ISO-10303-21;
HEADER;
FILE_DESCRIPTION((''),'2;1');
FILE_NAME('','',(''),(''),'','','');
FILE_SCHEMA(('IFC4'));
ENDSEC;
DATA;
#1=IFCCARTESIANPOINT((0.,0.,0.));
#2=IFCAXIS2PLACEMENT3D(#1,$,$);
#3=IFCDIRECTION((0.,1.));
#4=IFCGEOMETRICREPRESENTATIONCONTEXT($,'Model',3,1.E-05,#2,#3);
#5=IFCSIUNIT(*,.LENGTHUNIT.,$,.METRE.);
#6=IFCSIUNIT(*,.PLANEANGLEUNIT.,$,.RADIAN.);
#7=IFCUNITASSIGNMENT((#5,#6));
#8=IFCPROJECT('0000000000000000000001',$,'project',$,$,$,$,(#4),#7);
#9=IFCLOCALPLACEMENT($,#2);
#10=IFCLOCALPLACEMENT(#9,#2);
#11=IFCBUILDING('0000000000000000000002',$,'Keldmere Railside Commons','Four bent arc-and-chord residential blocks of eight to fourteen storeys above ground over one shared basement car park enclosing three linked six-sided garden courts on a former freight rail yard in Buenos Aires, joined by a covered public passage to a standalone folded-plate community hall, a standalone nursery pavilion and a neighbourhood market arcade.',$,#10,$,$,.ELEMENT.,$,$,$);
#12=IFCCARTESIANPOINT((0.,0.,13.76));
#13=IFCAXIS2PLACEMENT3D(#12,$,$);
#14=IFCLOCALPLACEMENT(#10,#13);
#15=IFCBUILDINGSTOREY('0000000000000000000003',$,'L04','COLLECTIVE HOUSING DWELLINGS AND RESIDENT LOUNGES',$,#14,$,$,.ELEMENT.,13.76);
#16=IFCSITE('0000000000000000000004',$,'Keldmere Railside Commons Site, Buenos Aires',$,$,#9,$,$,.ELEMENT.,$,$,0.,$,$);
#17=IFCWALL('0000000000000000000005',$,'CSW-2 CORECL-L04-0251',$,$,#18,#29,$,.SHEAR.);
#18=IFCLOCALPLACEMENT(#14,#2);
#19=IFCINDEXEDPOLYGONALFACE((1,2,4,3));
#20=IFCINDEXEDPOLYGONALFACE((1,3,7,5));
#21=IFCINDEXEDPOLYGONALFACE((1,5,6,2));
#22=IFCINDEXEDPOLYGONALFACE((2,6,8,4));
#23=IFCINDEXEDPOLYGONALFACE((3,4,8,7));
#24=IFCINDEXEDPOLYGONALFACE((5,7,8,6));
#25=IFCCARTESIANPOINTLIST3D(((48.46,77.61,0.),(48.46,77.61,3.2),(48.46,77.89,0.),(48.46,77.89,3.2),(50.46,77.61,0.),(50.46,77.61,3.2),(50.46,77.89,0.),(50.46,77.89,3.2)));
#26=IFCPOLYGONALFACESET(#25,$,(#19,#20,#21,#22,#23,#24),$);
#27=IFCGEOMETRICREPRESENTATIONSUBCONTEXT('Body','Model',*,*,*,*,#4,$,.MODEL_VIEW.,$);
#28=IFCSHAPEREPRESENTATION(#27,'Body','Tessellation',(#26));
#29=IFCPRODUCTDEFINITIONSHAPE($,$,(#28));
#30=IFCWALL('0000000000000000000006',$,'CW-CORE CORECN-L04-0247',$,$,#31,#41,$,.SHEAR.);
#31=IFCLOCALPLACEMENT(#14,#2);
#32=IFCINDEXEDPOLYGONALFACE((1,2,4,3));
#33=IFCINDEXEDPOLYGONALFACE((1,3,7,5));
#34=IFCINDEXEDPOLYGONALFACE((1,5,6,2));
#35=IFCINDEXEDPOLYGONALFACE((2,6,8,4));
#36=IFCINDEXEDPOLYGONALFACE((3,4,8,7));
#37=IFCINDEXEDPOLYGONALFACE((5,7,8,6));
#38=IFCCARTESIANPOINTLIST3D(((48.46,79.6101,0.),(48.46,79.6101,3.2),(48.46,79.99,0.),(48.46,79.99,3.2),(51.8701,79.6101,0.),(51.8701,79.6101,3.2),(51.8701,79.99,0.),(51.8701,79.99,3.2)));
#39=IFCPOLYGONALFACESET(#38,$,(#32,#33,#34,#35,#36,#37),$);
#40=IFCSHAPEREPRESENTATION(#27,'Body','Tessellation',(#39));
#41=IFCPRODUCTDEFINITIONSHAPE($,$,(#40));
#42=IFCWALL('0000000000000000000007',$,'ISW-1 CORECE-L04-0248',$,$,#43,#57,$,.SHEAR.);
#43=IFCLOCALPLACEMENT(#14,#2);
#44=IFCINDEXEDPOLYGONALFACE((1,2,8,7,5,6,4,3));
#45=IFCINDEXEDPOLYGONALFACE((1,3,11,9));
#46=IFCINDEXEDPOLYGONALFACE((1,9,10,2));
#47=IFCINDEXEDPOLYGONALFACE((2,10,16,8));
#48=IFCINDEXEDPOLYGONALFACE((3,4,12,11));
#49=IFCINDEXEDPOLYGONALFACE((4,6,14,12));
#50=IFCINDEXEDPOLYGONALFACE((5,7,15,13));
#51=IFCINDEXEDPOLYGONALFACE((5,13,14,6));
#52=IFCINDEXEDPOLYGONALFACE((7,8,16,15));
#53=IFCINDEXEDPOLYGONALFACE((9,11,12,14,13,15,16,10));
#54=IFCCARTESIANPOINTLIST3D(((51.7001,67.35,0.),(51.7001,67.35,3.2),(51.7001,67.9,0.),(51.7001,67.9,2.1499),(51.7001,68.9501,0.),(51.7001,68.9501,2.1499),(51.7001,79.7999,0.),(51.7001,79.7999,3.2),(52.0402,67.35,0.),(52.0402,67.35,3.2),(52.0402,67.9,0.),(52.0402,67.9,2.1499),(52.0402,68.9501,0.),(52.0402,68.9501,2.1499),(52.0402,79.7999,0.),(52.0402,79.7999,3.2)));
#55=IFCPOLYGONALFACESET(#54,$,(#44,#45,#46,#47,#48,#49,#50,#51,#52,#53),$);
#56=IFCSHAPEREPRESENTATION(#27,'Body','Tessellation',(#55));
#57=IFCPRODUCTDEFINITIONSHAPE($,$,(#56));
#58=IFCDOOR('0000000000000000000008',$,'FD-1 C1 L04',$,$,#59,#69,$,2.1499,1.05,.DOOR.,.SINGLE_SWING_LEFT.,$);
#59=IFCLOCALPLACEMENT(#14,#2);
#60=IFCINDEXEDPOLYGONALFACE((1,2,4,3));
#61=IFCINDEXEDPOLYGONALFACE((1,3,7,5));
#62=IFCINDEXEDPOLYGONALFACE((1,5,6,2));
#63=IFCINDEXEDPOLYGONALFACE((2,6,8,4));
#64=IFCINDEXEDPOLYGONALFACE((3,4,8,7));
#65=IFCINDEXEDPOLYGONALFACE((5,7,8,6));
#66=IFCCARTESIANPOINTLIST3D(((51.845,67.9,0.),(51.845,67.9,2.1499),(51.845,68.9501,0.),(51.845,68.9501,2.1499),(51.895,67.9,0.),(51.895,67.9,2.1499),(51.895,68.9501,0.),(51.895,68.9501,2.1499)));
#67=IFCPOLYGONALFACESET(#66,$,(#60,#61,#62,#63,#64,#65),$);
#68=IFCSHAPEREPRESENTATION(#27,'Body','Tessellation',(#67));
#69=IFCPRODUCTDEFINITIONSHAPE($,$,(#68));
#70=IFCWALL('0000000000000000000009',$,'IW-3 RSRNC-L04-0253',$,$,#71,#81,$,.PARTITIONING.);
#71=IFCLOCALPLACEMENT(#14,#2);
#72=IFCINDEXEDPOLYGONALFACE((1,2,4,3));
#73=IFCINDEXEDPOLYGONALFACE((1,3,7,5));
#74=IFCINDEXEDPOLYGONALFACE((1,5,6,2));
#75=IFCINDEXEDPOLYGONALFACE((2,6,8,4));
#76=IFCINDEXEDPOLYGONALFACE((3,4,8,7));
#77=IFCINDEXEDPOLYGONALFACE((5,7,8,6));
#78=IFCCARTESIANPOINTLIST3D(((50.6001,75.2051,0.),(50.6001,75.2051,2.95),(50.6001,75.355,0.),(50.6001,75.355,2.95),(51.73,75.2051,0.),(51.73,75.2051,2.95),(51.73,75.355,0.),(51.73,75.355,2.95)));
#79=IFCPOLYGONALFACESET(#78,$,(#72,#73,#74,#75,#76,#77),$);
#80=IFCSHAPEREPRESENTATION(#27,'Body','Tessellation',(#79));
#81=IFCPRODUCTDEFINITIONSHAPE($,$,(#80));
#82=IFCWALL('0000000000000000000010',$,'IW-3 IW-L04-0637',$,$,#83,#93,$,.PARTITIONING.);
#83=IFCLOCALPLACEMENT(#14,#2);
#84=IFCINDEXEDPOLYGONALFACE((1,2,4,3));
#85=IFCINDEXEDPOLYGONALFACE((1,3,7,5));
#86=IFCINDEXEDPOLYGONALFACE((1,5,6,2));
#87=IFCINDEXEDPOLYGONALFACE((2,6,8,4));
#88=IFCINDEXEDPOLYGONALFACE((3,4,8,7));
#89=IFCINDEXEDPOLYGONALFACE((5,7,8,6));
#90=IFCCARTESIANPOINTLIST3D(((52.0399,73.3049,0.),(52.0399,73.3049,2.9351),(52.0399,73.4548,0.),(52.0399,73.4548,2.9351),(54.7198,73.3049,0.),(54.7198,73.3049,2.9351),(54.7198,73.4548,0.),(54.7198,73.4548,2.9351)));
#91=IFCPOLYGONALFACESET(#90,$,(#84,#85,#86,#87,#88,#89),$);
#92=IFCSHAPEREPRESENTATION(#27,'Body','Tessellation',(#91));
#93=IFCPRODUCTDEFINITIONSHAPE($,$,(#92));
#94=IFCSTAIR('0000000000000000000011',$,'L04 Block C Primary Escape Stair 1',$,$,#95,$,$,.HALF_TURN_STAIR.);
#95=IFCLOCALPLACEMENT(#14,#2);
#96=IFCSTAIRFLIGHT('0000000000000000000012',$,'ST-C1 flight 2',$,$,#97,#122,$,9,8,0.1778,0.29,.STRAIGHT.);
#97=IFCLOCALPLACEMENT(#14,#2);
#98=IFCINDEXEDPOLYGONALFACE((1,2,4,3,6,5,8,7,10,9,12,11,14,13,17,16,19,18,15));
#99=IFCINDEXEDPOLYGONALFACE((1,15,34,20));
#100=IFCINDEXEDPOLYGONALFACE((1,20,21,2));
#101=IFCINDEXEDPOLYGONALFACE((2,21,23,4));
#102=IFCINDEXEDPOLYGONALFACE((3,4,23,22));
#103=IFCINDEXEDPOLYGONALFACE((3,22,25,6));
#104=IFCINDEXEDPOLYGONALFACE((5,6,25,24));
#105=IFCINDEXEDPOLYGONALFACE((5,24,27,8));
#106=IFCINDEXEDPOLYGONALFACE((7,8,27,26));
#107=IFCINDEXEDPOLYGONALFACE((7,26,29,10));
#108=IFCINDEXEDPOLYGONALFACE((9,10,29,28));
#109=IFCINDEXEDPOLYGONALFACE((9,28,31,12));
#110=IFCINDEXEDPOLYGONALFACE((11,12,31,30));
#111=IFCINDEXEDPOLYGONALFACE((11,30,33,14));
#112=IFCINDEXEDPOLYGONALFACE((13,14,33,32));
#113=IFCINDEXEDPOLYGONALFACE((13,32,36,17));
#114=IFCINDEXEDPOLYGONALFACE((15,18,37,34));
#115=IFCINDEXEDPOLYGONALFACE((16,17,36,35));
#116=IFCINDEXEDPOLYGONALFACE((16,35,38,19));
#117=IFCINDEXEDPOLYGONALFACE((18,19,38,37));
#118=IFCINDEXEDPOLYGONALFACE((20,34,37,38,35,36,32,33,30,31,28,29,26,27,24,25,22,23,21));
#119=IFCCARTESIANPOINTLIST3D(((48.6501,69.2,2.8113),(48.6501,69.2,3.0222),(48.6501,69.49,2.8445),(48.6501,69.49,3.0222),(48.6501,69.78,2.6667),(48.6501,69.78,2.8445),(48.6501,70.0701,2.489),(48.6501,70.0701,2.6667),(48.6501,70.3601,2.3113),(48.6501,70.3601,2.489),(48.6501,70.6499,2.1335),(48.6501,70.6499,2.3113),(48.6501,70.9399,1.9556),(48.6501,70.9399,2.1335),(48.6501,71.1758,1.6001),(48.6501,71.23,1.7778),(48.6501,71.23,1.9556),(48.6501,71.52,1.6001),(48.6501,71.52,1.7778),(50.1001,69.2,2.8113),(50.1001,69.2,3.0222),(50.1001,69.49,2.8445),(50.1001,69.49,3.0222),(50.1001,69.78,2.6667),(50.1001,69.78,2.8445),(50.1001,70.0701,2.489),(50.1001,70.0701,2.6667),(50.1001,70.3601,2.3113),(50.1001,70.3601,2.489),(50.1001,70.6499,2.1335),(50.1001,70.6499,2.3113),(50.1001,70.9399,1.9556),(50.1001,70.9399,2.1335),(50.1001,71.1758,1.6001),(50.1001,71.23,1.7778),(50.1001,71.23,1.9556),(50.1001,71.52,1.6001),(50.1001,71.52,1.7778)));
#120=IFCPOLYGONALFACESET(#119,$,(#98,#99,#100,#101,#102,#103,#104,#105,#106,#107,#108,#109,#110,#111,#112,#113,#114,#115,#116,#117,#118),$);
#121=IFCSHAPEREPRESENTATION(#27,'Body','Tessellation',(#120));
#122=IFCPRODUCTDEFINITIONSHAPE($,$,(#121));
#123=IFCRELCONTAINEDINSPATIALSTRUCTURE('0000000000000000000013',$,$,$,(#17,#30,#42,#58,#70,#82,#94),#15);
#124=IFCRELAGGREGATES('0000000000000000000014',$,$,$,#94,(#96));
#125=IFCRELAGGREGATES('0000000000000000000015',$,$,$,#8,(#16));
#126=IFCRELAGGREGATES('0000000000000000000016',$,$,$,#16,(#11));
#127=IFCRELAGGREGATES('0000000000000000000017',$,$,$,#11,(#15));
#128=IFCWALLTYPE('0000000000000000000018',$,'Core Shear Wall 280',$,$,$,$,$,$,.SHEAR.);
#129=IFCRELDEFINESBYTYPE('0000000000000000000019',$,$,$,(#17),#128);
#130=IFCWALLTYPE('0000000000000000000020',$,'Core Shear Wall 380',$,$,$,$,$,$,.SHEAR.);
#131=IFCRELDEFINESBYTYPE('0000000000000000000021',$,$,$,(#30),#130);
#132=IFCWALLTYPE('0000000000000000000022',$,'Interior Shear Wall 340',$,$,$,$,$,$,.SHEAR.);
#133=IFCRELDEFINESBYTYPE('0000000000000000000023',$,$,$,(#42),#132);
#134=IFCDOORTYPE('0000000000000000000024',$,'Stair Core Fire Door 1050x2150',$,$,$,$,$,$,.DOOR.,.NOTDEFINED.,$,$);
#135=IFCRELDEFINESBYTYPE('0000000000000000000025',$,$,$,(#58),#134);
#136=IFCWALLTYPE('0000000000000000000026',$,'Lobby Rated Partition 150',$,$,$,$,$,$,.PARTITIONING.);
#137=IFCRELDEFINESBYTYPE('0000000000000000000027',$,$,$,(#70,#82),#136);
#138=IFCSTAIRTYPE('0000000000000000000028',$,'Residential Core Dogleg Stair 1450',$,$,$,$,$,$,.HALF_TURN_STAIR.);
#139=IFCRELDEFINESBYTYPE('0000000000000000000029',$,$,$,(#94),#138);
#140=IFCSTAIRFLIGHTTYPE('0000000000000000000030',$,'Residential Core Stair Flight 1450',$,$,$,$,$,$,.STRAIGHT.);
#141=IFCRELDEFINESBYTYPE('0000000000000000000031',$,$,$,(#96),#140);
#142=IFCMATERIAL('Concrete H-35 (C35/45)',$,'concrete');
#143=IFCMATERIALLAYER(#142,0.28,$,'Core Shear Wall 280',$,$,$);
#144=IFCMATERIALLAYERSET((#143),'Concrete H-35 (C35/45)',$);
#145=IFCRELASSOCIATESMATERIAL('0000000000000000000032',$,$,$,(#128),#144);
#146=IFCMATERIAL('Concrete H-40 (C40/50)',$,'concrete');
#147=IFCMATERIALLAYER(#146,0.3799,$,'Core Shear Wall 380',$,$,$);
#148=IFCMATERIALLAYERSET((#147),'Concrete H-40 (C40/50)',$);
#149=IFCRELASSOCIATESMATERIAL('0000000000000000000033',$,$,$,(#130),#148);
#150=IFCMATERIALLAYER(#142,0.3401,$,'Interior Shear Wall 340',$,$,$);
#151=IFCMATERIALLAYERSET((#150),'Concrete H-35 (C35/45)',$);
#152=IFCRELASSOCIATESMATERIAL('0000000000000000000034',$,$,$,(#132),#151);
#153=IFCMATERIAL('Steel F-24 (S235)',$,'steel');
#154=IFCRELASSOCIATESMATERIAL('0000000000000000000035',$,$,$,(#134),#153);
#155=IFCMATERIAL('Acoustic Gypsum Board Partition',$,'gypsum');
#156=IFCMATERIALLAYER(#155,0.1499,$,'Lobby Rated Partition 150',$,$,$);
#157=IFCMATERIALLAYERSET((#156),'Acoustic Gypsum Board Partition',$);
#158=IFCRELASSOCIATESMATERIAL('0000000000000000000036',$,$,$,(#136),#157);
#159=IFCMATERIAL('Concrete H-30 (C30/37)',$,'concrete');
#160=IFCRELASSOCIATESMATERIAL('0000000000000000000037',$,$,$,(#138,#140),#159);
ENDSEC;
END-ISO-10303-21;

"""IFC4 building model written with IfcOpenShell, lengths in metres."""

from ifc_helpers import new_model, si_unit, direction, frame, frame_2d, origin, place, context, subcontext, project, spatial, polyline, rectangle, outline, extrude, material, layer, layer_set, type_object, element, fill, aggregate, save


model = new_model("IFC4")

# Units and contexts
model_context = context("Model", 3, precision=1e-05, world=origin(), true_north=direction((0.0, 1.0)))
body_context = subcontext(model_context, "Body", "Model", "MODEL_VIEW")
ifc_project = project(units=[si_unit("LENGTHUNIT", "METRE"), si_unit("PLANEANGLEUNIT", "RADIAN")], contexts=[model_context])

# Site, building, storey
site_placement = place(None, origin())
site = spatial("IfcSite", under=ifc_project, at=site_placement, Name="Keldmere Railside Commons Site, Buenos Aires", CompositionType="ELEMENT", RefElevation=0.0)
building_placement = place(site_placement, origin())
building = spatial("IfcBuilding", under=site, at=building_placement, Name="Keldmere Railside Commons", Description="Four bent arc-and-chord residential blocks of eight to fourteen storeys above ground over one shared basement car park enclosing three linked six-sided garden courts on a former freight rail yard in Buenos Aires, joined by a covered public passage to a standalone folded-plate community hall, a standalone nursery pavilion and a neighbourhood market arcade.", CompositionType="ELEMENT")
storey_placement = place(building_placement, frame((0.0, 0.0, 13.76)))
storey = spatial("IfcBuildingStorey", under=building, at=storey_placement, Name="L04", Description="COLLECTIVE HOUSING DWELLINGS AND RESIDENT LOUNGES", CompositionType="ELEMENT", Elevation=13.76)

# Shared definitions
ifc_material_1 = material(Name="Concrete H-35 (C35/45)", Category="concrete")

# Shared definitions
ifc_material_2 = material(Name="Concrete H-30 (C30/37)", Category="concrete")

# Shared definitions
ifc_material_3 = material(Name="Acoustic Gypsum Board Partition", Category="gypsum")

# Wall
ifc_layer_1 = layer(ifc_material_1, 0.28, Name="Core Shear Wall 280")
ifc_layer_set_1 = layer_set([ifc_layer_1], Name="Concrete H-35 (C35/45)")
wall_type_1 = type_object("IfcWallType", Name="Core Shear Wall 280", PredefinedType="SHEAR", material=ifc_layer_set_1)
wall_1_placement = place(storey_placement, frame((48.46, 77.75, 0.0), z_axis=(0.0, 0.0, 1.0), x_axis=(1.0, 0.0, 0.0)))
element("IfcWall", 1, at=wall_1_placement, inside=storey, type_object=wall_type_1, Name="CSW-2 CORECL-L04-0251", PredefinedType="SHEAR", context=body_context, shape_type="SweptSolid", body=[
    extrude(rectangle(XDim=2.0, YDim=0.28, at=frame_2d((1.0, 0.0))), origin(), (0.0, 0.0, 1.0), 3.2),
])

# Shared definitions
ifc_material_4 = material(Name="Steel F-24 (S235)", Category="steel")

# Wall
ifc_material_5 = material(Name="Concrete H-40 (C40/50)", Category="concrete")
ifc_layer_2 = layer(ifc_material_5, 0.3799, Name="Core Shear Wall 380")
ifc_layer_set_2 = layer_set([ifc_layer_2], Name="Concrete H-40 (C40/50)")
wall_type_2 = type_object("IfcWallType", Name="Core Shear Wall 380", PredefinedType="SHEAR", material=ifc_layer_set_2)
wall_2_placement = place(storey_placement, frame((48.46, 79.8, 0.0), z_axis=(0.0, 0.0, 1.0), x_axis=(1.0, 0.0, 0.0)))
element("IfcWall", 2, at=wall_2_placement, inside=storey, type_object=wall_type_2, Name="CW-CORE CORECN-L04-0247", PredefinedType="SHEAR", context=body_context, shape_type="SweptSolid", body=[
    extrude(rectangle(XDim=3.4102, YDim=0.3799, at=frame_2d((1.7051, 0.0))), origin(), (0.0, 0.0, 1.0), 3.2),
])

# Wall, opening, door
ifc_layer_3 = layer(ifc_material_1, 0.3401, Name="Interior Shear Wall 340")
ifc_layer_set_3 = layer_set([ifc_layer_3], Name="Concrete H-35 (C35/45)")
wall_type_3 = type_object("IfcWallType", Name="Interior Shear Wall 340", PredefinedType="SHEAR", material=ifc_layer_set_3)
wall_3_placement = place(storey_placement, frame((51.8701, 79.8, 0.0), z_axis=(0.0, 0.0, 1.0), x_axis=(0.0, -1.0, 0.0)))
wall_3 = element("IfcWall", 3, at=wall_3_placement, inside=storey, type_object=wall_type_3, Name="ISW-1 CORECE-L04-0248", PredefinedType="SHEAR", context=body_context, shape_type="SweptSolid", body=[
    extrude(rectangle(XDim=12.45, YDim=0.3401, at=frame_2d((6.2251, 0.0))), origin(), (0.0, 0.0, 1.0), 3.2),
])
opening_1_placement = place(wall_3_placement, frame((10.8501, 0.0, 0.0)))
opening_1 = element("IfcOpeningElement", 4, at=opening_1_placement, cuts=wall_3, PredefinedType="OPENING", context=body_context, shape_type="SweptSolid", body=[
    extrude(rectangle(XDim=1.05, YDim=2.1499, at=frame_2d((0.5249, 1.075))), frame((0.0, 0.1799, 0.0), z_axis=(0.0, -1.0, 0.0), x_axis=(1.0, 0.0, 0.0)), (0.0, 0.0, 1.0), 0.3601),
])
door_type_1 = type_object("IfcDoorType", Name="Stair Core Fire Door 1050x2150", OperationType="NOTDEFINED", PredefinedType="DOOR", material=ifc_material_4)
door_1_placement = place(opening_1_placement, origin())
door_1 = element("IfcDoor", 5, at=door_1_placement, inside=storey, type_object=door_type_1, Name="FD-1 C1 L04", OperationType="SINGLE_SWING_LEFT", OverallHeight=2.1499, OverallWidth=1.05, PredefinedType="DOOR", context=body_context, shape_type="SweptSolid", body=[
    extrude(rectangle(XDim=1.05, YDim=2.1499, at=frame_2d((0.5249, 1.075))), frame((0.0, 0.0249, 0.0), z_axis=(0.0, -1.0, 0.0), x_axis=(1.0, 0.0, 0.0)), (0.0, 0.0, 1.0), 0.05),
])
fill(opening_1, door_1)

# Walls
ifc_layer_4 = layer(ifc_material_3, 0.1499, Name="Lobby Rated Partition 150")
ifc_layer_set_4 = layer_set([ifc_layer_4], Name="Acoustic Gypsum Board Partition")
wall_type_4 = type_object("IfcWallType", Name="Lobby Rated Partition 150", PredefinedType="PARTITIONING", material=ifc_layer_set_4)
wall_4_placement = place(storey_placement, frame((50.6001, 75.28, 0.0), z_axis=(0.0, 0.0, 1.0), x_axis=(1.0, 0.0, 0.0)))
element("IfcWall", 6, at=wall_4_placement, inside=storey, type_object=wall_type_4, Name="IW-3 RSRNC-L04-0253", PredefinedType="PARTITIONING", context=body_context, shape_type="SweptSolid", body=[
    extrude(rectangle(XDim=1.1299, YDim=0.1499, at=frame_2d((0.5649, 0.0))), origin(), (0.0, 0.0, 1.0), 2.95),
])
wall_5_placement = place(storey_placement, frame((52.04, 73.3799, 0.0), z_axis=(0.0, 0.0, 1.0), x_axis=(1.0, 0.0, 0.0)))
element("IfcWall", 7, at=wall_5_placement, inside=storey, type_object=wall_type_4, Name="IW-3 IW-L04-0637", PredefinedType="PARTITIONING", context=body_context, shape_type="SweptSolid", body=[
    extrude(rectangle(XDim=2.6799, YDim=0.1499, at=frame_2d((1.3398, 0.0))), origin(), (0.0, 0.0, 1.0), 2.9351),
])

# Stair, stair flight
stair_type = type_object("IfcStairType", Name="Residential Core Dogleg Stair 1450", PredefinedType="HALF_TURN_STAIR", material=ifc_material_2)
stair_placement = place(storey_placement, origin())
stair = element("IfcStair", 8, at=stair_placement, inside=storey, type_object=stair_type, Name="L04 Block C Primary Escape Stair 1", PredefinedType="HALF_TURN_STAIR")
stair_flight_type = type_object("IfcStairFlightType", Name="Residential Core Stair Flight 1450", PredefinedType="STRAIGHT", material=ifc_material_2)
stair_flight_placement = place(storey_placement, frame((49.375, 71.52, 1.6001), z_axis=(0.0, 0.0, 1.0), x_axis=(0.0, -1.0, 0.0)))
stair_flight = element("IfcStairFlight", 9, at=stair_flight_placement, type_object=stair_flight_type, Name="ST-C1 flight 2", NumberOfRisers=9, NumberOfTreads=8, PredefinedType="STRAIGHT", RiserHeight=0.1778, TreadLength=0.29, context=body_context, shape_type="SweptSolid", body=[
    extrude(outline(polyline([(0.0, 0.0), (0.0, 0.1777), (0.29, 0.1777), (0.29, 0.3555), (0.5801, 0.3555), (0.5801, 0.5334), (0.8701, 0.5334), (0.8701, 0.7112), (1.1599, 0.7112), (1.1599, 0.8889), (1.45, 0.8889), (1.45, 1.0667), (1.74, 1.0667), (1.74, 1.2444), (2.03, 1.2444), (2.03, 1.4221), (2.3201, 1.4221), (2.3201, 1.6001), (2.3201, 1.2112), (0.3442, 0.0), (0.0, 0.0)])), frame((0.0, 0.7251, 0.0), z_axis=(0.0, -1.0, 0.0), x_axis=(1.0, 0.0, 0.0)), (0.0, 0.0, 1.0), 1.45),
])
aggregate(stair, [stair_flight])

save(model, "model.ifc")
